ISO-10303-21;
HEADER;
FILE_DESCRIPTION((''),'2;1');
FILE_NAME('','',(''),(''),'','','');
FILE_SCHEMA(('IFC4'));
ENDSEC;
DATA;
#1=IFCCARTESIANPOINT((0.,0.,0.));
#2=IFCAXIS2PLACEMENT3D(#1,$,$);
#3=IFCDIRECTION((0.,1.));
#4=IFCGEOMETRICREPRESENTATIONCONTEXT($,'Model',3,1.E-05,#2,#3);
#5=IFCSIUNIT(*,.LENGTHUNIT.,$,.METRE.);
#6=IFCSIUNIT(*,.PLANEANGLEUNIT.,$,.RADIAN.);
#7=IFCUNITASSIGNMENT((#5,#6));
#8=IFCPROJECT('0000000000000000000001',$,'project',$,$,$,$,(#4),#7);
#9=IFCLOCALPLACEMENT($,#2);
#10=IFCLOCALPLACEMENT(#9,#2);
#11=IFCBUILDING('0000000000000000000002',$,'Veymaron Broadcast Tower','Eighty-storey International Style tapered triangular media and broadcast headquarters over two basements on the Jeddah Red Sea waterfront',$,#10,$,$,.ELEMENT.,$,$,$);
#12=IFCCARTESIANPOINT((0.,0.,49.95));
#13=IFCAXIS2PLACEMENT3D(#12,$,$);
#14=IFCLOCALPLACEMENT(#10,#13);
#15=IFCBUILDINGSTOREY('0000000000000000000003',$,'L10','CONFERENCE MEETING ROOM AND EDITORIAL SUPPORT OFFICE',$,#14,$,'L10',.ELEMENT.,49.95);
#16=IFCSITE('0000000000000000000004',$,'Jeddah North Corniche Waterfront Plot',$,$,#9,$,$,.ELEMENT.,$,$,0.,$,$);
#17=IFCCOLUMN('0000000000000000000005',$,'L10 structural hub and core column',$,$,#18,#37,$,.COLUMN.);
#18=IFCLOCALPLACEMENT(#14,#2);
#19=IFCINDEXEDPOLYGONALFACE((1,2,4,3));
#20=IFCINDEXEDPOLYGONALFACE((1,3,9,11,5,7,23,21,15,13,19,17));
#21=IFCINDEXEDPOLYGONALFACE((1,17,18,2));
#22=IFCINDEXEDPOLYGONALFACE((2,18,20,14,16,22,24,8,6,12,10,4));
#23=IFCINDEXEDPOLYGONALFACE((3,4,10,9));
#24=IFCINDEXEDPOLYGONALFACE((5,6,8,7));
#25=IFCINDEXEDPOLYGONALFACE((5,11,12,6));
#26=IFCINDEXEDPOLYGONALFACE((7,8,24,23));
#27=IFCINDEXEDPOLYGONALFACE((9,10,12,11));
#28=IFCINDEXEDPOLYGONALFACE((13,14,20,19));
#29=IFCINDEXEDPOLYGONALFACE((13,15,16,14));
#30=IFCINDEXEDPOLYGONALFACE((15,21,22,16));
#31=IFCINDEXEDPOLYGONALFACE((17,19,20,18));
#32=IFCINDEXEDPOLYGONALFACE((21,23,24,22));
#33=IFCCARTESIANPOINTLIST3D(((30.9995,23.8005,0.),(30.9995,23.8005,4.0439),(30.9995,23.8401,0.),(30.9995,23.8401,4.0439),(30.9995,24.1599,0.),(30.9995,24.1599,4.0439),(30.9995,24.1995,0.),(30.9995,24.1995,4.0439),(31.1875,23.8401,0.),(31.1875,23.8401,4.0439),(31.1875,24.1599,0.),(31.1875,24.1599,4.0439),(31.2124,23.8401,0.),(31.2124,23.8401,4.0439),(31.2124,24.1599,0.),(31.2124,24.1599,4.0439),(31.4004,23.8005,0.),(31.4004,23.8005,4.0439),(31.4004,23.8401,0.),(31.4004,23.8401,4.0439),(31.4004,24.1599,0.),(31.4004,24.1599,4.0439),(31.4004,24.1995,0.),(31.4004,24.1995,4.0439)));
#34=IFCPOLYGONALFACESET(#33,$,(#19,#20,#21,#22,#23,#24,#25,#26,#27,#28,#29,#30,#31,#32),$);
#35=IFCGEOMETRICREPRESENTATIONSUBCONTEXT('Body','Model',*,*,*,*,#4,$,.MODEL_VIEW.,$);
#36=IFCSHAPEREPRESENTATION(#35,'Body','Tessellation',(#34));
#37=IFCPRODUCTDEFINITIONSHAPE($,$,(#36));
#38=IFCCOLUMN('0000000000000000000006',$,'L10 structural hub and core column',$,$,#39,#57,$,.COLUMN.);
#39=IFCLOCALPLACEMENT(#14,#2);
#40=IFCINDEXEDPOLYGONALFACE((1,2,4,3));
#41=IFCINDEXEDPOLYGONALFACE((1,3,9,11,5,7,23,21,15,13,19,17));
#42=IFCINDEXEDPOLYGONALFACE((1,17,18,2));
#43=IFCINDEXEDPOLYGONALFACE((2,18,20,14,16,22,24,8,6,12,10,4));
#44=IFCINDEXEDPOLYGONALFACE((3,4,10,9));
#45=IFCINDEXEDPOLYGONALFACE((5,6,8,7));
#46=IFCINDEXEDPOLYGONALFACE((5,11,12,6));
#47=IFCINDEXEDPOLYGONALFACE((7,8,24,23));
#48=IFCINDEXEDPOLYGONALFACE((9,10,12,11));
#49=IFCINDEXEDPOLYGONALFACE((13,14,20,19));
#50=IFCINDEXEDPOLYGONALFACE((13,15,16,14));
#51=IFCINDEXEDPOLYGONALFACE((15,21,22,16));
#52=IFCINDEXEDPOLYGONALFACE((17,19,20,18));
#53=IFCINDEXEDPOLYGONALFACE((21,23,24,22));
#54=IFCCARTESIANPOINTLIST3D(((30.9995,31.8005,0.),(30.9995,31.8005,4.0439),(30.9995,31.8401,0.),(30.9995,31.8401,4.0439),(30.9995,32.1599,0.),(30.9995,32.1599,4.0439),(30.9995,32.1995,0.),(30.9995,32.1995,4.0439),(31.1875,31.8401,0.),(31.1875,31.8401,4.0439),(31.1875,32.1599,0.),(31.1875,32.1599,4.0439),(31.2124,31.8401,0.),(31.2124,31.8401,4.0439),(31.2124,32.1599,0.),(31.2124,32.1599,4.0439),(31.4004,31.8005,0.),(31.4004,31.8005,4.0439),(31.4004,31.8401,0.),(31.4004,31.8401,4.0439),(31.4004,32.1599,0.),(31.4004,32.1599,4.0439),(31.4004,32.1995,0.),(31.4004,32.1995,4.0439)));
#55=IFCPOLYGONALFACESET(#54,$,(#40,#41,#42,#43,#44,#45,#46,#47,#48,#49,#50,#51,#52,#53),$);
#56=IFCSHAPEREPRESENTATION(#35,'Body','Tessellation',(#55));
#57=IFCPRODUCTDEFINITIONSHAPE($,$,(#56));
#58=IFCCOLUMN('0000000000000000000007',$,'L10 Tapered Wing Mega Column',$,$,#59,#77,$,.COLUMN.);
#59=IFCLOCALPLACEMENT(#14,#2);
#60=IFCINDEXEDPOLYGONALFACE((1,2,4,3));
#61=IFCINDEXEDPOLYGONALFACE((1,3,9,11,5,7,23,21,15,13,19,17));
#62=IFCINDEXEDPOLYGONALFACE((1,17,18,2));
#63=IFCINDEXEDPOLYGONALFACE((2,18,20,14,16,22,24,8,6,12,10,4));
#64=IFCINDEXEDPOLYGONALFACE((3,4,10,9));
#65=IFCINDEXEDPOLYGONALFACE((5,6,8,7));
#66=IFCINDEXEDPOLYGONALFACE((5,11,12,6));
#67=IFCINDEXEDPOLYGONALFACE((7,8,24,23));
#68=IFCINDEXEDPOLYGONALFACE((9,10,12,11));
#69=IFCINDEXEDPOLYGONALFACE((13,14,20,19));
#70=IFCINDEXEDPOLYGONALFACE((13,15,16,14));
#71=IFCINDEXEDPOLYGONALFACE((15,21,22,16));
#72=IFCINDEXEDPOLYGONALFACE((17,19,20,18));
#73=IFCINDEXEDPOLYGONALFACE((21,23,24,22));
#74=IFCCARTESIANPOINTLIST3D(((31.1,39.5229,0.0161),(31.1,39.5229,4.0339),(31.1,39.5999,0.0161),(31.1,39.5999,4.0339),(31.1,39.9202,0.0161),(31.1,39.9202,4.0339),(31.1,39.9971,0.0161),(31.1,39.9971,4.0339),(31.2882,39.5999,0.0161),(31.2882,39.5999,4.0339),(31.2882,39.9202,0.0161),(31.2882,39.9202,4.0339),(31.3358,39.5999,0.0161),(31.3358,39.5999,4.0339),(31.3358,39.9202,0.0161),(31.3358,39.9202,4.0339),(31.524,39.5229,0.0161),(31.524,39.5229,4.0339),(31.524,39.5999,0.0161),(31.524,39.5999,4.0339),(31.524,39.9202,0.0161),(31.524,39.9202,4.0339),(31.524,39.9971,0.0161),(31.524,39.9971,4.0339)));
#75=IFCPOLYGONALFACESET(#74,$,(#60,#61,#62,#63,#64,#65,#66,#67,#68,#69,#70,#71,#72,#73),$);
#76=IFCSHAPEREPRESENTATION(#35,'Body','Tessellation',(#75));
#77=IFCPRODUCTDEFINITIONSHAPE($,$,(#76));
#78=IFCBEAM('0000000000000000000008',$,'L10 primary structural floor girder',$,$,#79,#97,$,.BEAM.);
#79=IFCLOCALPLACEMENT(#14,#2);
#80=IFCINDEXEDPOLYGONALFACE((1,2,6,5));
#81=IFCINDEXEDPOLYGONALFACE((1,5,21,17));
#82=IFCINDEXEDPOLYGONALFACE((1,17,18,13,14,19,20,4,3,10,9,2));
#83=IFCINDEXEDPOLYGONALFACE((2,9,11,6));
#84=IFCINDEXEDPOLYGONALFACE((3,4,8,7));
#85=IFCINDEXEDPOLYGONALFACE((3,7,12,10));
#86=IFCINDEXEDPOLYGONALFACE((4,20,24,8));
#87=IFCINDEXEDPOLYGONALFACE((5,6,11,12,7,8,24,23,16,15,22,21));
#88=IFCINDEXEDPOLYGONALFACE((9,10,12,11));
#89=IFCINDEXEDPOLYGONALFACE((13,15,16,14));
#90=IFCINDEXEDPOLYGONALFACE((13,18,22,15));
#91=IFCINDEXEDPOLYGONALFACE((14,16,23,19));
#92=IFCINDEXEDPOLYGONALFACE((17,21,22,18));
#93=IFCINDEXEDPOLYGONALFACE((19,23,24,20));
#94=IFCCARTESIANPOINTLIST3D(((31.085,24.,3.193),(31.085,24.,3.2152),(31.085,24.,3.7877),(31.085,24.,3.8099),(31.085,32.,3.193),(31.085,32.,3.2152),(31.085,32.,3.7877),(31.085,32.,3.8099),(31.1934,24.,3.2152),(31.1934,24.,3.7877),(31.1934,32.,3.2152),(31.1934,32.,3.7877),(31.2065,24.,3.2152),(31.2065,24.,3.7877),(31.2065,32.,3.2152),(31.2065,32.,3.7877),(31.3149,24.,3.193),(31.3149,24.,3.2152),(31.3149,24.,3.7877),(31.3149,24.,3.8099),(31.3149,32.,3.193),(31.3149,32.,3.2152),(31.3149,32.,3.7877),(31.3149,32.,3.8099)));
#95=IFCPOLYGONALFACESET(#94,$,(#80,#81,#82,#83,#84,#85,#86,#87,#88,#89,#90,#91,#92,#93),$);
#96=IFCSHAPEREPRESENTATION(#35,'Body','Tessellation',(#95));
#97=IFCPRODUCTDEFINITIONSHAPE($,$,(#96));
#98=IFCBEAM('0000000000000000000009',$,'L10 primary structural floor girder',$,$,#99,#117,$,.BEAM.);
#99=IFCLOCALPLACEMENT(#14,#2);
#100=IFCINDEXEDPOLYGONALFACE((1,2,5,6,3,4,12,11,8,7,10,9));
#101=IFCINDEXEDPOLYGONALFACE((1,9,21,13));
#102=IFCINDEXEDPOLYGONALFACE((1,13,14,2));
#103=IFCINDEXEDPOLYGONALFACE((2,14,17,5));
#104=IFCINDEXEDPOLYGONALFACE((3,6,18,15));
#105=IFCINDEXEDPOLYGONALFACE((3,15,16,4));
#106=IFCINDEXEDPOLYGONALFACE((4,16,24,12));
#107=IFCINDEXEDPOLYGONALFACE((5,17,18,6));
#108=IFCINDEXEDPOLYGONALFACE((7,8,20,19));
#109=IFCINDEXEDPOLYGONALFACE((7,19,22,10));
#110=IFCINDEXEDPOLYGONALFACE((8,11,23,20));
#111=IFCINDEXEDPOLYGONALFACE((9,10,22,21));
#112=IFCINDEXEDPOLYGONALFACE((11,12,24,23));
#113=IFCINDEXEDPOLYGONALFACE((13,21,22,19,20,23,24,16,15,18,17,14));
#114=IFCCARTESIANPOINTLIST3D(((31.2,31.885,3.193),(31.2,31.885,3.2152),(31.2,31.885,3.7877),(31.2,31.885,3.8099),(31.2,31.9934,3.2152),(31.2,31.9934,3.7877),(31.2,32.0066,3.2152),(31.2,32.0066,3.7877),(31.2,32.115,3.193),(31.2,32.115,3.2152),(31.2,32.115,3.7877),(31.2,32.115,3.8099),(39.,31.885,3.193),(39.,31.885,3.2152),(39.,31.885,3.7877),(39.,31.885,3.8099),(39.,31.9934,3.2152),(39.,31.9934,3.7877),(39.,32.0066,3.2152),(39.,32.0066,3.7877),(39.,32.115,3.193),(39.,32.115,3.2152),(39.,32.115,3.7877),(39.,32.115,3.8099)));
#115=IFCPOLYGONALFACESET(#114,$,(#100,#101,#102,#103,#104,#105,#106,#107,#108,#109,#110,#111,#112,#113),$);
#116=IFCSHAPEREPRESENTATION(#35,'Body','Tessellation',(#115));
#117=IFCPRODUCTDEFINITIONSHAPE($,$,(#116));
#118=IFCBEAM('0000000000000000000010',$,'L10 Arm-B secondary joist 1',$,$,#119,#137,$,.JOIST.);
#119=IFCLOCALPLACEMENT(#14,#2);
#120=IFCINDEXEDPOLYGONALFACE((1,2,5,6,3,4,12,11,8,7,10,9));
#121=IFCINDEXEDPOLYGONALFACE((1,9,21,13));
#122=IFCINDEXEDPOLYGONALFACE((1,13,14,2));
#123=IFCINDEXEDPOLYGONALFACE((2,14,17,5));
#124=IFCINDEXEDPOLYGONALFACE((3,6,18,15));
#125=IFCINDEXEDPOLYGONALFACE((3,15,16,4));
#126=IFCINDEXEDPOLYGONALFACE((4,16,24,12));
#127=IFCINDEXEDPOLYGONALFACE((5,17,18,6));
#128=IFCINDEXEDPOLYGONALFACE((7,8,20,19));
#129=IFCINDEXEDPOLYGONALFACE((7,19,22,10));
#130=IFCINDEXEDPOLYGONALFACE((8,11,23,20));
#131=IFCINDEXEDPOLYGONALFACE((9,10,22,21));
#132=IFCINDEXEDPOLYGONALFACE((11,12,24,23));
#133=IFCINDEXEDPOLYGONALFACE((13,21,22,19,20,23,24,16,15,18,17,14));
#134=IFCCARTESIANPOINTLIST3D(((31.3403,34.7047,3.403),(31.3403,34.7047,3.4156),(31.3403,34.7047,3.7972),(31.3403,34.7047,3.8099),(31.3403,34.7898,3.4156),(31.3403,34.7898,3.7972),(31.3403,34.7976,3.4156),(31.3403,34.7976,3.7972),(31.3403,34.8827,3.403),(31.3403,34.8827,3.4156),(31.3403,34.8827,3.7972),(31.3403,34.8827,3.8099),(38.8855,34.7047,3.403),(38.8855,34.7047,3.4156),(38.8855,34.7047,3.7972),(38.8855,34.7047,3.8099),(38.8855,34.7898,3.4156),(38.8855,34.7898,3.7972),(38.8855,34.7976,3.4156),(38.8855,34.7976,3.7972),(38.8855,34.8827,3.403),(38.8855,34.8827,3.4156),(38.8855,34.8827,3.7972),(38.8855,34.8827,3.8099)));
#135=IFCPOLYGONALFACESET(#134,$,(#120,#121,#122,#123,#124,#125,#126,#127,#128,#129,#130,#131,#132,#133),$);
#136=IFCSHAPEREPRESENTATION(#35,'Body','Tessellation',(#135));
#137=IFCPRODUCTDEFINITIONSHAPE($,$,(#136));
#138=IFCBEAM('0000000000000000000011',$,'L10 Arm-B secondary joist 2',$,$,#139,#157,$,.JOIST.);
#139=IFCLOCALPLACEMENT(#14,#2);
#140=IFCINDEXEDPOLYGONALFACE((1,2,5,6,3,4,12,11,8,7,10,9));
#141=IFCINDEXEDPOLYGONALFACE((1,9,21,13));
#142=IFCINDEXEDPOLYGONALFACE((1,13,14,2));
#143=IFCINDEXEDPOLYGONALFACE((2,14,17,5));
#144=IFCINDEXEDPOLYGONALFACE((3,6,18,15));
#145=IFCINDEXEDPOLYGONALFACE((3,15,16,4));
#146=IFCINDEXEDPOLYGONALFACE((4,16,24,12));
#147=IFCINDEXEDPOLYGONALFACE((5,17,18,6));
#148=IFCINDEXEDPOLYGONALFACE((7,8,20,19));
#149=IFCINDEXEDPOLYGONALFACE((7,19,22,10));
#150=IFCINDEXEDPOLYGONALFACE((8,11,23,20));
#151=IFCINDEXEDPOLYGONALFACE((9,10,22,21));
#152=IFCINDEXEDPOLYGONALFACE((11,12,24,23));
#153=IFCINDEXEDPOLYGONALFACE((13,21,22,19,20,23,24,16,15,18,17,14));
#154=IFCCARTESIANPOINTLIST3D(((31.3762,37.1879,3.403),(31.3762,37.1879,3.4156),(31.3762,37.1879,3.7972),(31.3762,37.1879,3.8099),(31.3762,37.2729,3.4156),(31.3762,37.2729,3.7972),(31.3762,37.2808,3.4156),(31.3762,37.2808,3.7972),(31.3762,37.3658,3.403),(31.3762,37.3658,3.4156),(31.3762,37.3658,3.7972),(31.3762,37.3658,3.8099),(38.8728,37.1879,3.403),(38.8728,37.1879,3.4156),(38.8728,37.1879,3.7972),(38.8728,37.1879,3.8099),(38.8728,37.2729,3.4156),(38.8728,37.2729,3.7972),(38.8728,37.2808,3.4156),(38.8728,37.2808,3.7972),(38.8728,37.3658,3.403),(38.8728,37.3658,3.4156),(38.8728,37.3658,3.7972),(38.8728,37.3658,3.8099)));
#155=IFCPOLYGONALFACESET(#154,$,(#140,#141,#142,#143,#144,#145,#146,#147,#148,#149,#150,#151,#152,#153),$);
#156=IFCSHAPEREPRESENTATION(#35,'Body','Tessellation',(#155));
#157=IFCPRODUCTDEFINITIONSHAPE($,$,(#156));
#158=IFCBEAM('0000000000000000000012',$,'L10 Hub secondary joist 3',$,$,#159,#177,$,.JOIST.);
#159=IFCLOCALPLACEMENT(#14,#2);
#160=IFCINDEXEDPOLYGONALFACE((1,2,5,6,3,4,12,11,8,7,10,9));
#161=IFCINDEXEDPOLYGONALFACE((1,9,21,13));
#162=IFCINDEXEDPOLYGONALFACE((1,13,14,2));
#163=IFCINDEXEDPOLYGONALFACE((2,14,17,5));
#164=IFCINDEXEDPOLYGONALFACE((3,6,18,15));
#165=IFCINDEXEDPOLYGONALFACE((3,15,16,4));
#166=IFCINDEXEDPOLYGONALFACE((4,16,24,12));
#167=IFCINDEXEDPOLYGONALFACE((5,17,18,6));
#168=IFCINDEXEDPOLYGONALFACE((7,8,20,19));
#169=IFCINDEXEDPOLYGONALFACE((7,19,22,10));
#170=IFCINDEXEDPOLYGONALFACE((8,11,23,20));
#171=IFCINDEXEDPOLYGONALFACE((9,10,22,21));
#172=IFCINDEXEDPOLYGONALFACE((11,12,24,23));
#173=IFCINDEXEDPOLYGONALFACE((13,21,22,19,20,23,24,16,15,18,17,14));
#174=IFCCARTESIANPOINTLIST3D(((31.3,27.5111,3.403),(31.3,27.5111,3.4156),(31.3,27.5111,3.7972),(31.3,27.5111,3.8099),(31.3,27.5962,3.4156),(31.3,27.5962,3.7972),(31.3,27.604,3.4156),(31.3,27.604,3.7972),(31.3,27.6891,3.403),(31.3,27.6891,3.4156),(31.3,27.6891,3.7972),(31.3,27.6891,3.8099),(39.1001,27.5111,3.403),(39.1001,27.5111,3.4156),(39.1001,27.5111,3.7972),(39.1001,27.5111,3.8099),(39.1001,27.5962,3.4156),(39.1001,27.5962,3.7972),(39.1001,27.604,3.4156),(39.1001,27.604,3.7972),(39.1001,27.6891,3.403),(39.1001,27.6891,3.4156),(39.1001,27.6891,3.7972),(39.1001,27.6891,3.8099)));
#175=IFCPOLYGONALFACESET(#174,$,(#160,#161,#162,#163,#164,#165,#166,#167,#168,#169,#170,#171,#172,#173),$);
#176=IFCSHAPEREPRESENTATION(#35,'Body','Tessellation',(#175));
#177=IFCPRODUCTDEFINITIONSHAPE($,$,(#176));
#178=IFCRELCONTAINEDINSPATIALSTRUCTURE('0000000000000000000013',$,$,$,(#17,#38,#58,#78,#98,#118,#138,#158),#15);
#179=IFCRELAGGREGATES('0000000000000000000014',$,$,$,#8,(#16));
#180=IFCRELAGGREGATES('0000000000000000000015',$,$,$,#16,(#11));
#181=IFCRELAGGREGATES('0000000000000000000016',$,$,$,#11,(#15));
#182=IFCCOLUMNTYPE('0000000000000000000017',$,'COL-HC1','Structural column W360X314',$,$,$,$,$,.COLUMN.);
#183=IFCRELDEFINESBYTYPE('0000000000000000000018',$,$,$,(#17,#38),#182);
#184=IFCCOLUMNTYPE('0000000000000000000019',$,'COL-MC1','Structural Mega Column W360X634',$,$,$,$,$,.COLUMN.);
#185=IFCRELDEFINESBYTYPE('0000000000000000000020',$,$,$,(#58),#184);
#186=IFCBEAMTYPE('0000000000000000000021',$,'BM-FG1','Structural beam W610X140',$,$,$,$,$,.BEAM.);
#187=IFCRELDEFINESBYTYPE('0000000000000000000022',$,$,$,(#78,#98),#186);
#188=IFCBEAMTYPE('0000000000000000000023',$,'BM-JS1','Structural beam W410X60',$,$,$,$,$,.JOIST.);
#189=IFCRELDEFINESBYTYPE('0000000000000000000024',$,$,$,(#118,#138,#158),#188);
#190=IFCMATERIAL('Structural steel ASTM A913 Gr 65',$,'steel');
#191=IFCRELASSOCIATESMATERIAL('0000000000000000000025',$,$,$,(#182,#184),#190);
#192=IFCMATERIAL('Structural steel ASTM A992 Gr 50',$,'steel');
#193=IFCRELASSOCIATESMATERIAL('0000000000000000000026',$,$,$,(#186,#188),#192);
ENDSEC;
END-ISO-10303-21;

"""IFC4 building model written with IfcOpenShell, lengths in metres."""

from ifc_helpers import new_model, si_unit, direction, frame, origin, origin_2d, place, context, subcontext, project, spatial, i_section, extrude, material, material_profile, profile_set, type_object, element, save


model = new_model("IFC4")

# Units and contexts
model_context = context("Model", 3, precision=1e-05, world=origin(), true_north=direction((0.0, 1.0)))
body_context = subcontext(model_context, "Body", "Model", "MODEL_VIEW")
ifc_project = project(units=[si_unit("LENGTHUNIT", "METRE"), si_unit("PLANEANGLEUNIT", "RADIAN")], contexts=[model_context])

# Site, building, storey
site_placement = place(None, origin())
site = spatial("IfcSite", under=ifc_project, at=site_placement, Name="Jeddah North Corniche Waterfront Plot", CompositionType="ELEMENT", RefElevation=0.0)
building_placement = place(site_placement, origin())
building = spatial("IfcBuilding", under=site, at=building_placement, Name="Veymaron Broadcast Tower", Description="Eighty-storey International Style tapered triangular media and broadcast headquarters over two basements on the Jeddah Red Sea waterfront", CompositionType="ELEMENT")
storey_placement = place(building_placement, frame((0.0, 0.0, 49.95)))
storey = spatial("IfcBuildingStorey", under=building, at=storey_placement, Name="L10", Description="CONFERENCE MEETING ROOM AND EDITORIAL SUPPORT OFFICE", LongName="L10", CompositionType="ELEMENT", Elevation=49.95)

# Columns
ifc_material_1 = material(Name="Structural steel ASTM A913 Gr 65", Category="steel")
ifc_material_profile_1 = material_profile(ifc_material_1, i_section(OverallWidth=0.4009, OverallDepth=0.3989, WebThickness=0.0249, FlangeThickness=0.0396, at=origin_2d()), Name="W360X314")
ifc_profile_set_1 = profile_set([ifc_material_profile_1], Name="Structural steel ASTM A913 Gr 65")
column_type_1 = type_object("IfcColumnType", Name="COL-HC1", Description="Structural column W360X314", PredefinedType="COLUMN", material=ifc_profile_set_1)
for number, where, z_axis, x_axis, name in (
    (1, (31.2, 24.0, 0.0), (0.0, 0.0, 1.0), (1.0, 0.0, 0.0), "L10 structural hub and core column"),
    (2, (31.2, 32.0, 0.0), (0.0, 0.0, 1.0), (1.0, 0.0, 0.0), "L10 structural hub and core column"),
):
    element("IfcColumn", number, at=place(storey_placement, frame(where, z_axis=z_axis, x_axis=x_axis)), inside=storey, type_object=column_type_1, Name=name, PredefinedType="COLUMN", context=body_context, shape_type="SweptSolid", body=[
        extrude(i_section(OverallWidth=0.4009, OverallDepth=0.3989, WebThickness=0.0249, FlangeThickness=0.0396, at=origin_2d()), origin(), (0.0, 0.0, 1.0), 4.0439),
    ])
ifc_material_profile_2 = material_profile(ifc_material_1, i_section(OverallWidth=0.4241, OverallDepth=0.4741, WebThickness=0.0476, FlangeThickness=0.0769, at=origin_2d()), Name="W360X634")
ifc_profile_set_2 = profile_set([ifc_material_profile_2], Name="Structural steel ASTM A913 Gr 65")
column_type_2 = type_object("IfcColumnType", Name="COL-MC1", Description="Structural Mega Column W360X634", PredefinedType="COLUMN", material=ifc_profile_set_2)
column_placement = place(storey_placement, frame((31.312, 39.76, 0.0161), z_axis=(0.0, 0.0, 1.0), x_axis=(1.0, 0.0, 0.0)))
element("IfcColumn", 3, at=column_placement, inside=storey, type_object=column_type_2, Name="L10 Tapered Wing Mega Column", PredefinedType="COLUMN", context=body_context, shape_type="SweptSolid", body=[
    extrude(i_section(OverallWidth=0.4241, OverallDepth=0.4741, WebThickness=0.0476, FlangeThickness=0.0769, at=origin_2d()), origin(), (0.0, 0.0, 1.0), 4.0178),
])

# Beams
ifc_material_2 = material(Name="Structural steel ASTM A992 Gr 50", Category="steel")
ifc_material_profile_3 = material_profile(ifc_material_2, i_section(OverallWidth=0.23, OverallDepth=0.6169, WebThickness=0.0132, FlangeThickness=0.0222, at=origin_2d()), Name="W610X140")
ifc_profile_set_3 = profile_set([ifc_material_profile_3], Name="Structural steel ASTM A992 Gr 50")
beam_type_1 = type_object("IfcBeamType", Name="BM-FG1", Description="Structural beam W610X140", PredefinedType="BEAM", material=ifc_profile_set_3)
beam_1_placement = place(storey_placement, frame((31.2, 24.0, 3.5015), z_axis=(0.0, 1.0, 0.0), x_axis=(-1.0, 0.0, 0.0)))
element("IfcBeam", 4, at=beam_1_placement, inside=storey, type_object=beam_type_1, Name="L10 primary structural floor girder", PredefinedType="BEAM", context=body_context, shape_type="SweptSolid", body=[
    extrude(i_section(OverallWidth=0.23, OverallDepth=0.6169, WebThickness=0.0132, FlangeThickness=0.0222, at=origin_2d()), origin(), (0.0, 0.0, 1.0), 8.0),
])
beam_2_placement = place(storey_placement, frame((31.2, 32.0, 3.5015), z_axis=(1.0, 0.0, 0.0), x_axis=(0.0, 1.0, 0.0)))
element("IfcBeam", 5, at=beam_2_placement, inside=storey, type_object=beam_type_1, Name="L10 primary structural floor girder", PredefinedType="BEAM", context=body_context, shape_type="SweptSolid", body=[
    extrude(i_section(OverallWidth=0.23, OverallDepth=0.6169, WebThickness=0.0132, FlangeThickness=0.0222, at=origin_2d()), origin(), (0.0, 0.0, 1.0), 7.8),
])
ifc_material_profile_4 = material_profile(ifc_material_2, i_section(OverallWidth=0.178, OverallDepth=0.407, WebThickness=0.0078, FlangeThickness=0.0127, at=origin_2d()), Name="W410X60")
ifc_profile_set_4 = profile_set([ifc_material_profile_4], Name="Structural steel ASTM A992 Gr 50")
beam_type_2 = type_object("IfcBeamType", Name="BM-JS1", Description="Structural beam W410X60", PredefinedType="JOIST", material=ifc_profile_set_4)
beam_3_placement = place(storey_placement, frame((31.3403, 34.7937, 3.6064), z_axis=(1.0, 0.0, 0.0), x_axis=(0.0, 1.0, 0.0)))
element("IfcBeam", 6, at=beam_3_placement, inside=storey, type_object=beam_type_2, Name="L10 Arm-B secondary joist 1", PredefinedType="JOIST", context=body_context, shape_type="SweptSolid", body=[
    extrude(i_section(OverallWidth=0.178, OverallDepth=0.407, WebThickness=0.0078, FlangeThickness=0.0127, at=origin_2d()), origin(), (0.0, 0.0, 1.0), 7.5452),
])
beam_4_placement = place(storey_placement, frame((31.3762, 37.2769, 3.6064), z_axis=(1.0, 0.0, 0.0), x_axis=(0.0, 1.0, 0.0)))
element("IfcBeam", 7, at=beam_4_placement, inside=storey, type_object=beam_type_2, Name="L10 Arm-B secondary joist 2", PredefinedType="JOIST", context=body_context, shape_type="SweptSolid", body=[
    extrude(i_section(OverallWidth=0.178, OverallDepth=0.407, WebThickness=0.0078, FlangeThickness=0.0127, at=origin_2d()), origin(), (0.0, 0.0, 1.0), 7.4966),
])
for number, where, z_axis, x_axis, name in (
    (8, (31.3, 27.6001, 3.6064), (1.0, 0.0, 0.0), (0.0, 1.0, 0.0), "L10 Hub secondary joist 3"),
):
    element("IfcBeam", number, at=place(storey_placement, frame(where, z_axis=z_axis, x_axis=x_axis)), inside=storey, type_object=beam_type_2, Name=name, PredefinedType="JOIST", context=body_context, shape_type="SweptSolid", body=[
        extrude(i_section(OverallWidth=0.178, OverallDepth=0.407, WebThickness=0.0078, FlangeThickness=0.0127, at=origin_2d()), origin(), (0.0, 0.0, 1.0), 7.8),
    ])

save(model, "model.ifc")
